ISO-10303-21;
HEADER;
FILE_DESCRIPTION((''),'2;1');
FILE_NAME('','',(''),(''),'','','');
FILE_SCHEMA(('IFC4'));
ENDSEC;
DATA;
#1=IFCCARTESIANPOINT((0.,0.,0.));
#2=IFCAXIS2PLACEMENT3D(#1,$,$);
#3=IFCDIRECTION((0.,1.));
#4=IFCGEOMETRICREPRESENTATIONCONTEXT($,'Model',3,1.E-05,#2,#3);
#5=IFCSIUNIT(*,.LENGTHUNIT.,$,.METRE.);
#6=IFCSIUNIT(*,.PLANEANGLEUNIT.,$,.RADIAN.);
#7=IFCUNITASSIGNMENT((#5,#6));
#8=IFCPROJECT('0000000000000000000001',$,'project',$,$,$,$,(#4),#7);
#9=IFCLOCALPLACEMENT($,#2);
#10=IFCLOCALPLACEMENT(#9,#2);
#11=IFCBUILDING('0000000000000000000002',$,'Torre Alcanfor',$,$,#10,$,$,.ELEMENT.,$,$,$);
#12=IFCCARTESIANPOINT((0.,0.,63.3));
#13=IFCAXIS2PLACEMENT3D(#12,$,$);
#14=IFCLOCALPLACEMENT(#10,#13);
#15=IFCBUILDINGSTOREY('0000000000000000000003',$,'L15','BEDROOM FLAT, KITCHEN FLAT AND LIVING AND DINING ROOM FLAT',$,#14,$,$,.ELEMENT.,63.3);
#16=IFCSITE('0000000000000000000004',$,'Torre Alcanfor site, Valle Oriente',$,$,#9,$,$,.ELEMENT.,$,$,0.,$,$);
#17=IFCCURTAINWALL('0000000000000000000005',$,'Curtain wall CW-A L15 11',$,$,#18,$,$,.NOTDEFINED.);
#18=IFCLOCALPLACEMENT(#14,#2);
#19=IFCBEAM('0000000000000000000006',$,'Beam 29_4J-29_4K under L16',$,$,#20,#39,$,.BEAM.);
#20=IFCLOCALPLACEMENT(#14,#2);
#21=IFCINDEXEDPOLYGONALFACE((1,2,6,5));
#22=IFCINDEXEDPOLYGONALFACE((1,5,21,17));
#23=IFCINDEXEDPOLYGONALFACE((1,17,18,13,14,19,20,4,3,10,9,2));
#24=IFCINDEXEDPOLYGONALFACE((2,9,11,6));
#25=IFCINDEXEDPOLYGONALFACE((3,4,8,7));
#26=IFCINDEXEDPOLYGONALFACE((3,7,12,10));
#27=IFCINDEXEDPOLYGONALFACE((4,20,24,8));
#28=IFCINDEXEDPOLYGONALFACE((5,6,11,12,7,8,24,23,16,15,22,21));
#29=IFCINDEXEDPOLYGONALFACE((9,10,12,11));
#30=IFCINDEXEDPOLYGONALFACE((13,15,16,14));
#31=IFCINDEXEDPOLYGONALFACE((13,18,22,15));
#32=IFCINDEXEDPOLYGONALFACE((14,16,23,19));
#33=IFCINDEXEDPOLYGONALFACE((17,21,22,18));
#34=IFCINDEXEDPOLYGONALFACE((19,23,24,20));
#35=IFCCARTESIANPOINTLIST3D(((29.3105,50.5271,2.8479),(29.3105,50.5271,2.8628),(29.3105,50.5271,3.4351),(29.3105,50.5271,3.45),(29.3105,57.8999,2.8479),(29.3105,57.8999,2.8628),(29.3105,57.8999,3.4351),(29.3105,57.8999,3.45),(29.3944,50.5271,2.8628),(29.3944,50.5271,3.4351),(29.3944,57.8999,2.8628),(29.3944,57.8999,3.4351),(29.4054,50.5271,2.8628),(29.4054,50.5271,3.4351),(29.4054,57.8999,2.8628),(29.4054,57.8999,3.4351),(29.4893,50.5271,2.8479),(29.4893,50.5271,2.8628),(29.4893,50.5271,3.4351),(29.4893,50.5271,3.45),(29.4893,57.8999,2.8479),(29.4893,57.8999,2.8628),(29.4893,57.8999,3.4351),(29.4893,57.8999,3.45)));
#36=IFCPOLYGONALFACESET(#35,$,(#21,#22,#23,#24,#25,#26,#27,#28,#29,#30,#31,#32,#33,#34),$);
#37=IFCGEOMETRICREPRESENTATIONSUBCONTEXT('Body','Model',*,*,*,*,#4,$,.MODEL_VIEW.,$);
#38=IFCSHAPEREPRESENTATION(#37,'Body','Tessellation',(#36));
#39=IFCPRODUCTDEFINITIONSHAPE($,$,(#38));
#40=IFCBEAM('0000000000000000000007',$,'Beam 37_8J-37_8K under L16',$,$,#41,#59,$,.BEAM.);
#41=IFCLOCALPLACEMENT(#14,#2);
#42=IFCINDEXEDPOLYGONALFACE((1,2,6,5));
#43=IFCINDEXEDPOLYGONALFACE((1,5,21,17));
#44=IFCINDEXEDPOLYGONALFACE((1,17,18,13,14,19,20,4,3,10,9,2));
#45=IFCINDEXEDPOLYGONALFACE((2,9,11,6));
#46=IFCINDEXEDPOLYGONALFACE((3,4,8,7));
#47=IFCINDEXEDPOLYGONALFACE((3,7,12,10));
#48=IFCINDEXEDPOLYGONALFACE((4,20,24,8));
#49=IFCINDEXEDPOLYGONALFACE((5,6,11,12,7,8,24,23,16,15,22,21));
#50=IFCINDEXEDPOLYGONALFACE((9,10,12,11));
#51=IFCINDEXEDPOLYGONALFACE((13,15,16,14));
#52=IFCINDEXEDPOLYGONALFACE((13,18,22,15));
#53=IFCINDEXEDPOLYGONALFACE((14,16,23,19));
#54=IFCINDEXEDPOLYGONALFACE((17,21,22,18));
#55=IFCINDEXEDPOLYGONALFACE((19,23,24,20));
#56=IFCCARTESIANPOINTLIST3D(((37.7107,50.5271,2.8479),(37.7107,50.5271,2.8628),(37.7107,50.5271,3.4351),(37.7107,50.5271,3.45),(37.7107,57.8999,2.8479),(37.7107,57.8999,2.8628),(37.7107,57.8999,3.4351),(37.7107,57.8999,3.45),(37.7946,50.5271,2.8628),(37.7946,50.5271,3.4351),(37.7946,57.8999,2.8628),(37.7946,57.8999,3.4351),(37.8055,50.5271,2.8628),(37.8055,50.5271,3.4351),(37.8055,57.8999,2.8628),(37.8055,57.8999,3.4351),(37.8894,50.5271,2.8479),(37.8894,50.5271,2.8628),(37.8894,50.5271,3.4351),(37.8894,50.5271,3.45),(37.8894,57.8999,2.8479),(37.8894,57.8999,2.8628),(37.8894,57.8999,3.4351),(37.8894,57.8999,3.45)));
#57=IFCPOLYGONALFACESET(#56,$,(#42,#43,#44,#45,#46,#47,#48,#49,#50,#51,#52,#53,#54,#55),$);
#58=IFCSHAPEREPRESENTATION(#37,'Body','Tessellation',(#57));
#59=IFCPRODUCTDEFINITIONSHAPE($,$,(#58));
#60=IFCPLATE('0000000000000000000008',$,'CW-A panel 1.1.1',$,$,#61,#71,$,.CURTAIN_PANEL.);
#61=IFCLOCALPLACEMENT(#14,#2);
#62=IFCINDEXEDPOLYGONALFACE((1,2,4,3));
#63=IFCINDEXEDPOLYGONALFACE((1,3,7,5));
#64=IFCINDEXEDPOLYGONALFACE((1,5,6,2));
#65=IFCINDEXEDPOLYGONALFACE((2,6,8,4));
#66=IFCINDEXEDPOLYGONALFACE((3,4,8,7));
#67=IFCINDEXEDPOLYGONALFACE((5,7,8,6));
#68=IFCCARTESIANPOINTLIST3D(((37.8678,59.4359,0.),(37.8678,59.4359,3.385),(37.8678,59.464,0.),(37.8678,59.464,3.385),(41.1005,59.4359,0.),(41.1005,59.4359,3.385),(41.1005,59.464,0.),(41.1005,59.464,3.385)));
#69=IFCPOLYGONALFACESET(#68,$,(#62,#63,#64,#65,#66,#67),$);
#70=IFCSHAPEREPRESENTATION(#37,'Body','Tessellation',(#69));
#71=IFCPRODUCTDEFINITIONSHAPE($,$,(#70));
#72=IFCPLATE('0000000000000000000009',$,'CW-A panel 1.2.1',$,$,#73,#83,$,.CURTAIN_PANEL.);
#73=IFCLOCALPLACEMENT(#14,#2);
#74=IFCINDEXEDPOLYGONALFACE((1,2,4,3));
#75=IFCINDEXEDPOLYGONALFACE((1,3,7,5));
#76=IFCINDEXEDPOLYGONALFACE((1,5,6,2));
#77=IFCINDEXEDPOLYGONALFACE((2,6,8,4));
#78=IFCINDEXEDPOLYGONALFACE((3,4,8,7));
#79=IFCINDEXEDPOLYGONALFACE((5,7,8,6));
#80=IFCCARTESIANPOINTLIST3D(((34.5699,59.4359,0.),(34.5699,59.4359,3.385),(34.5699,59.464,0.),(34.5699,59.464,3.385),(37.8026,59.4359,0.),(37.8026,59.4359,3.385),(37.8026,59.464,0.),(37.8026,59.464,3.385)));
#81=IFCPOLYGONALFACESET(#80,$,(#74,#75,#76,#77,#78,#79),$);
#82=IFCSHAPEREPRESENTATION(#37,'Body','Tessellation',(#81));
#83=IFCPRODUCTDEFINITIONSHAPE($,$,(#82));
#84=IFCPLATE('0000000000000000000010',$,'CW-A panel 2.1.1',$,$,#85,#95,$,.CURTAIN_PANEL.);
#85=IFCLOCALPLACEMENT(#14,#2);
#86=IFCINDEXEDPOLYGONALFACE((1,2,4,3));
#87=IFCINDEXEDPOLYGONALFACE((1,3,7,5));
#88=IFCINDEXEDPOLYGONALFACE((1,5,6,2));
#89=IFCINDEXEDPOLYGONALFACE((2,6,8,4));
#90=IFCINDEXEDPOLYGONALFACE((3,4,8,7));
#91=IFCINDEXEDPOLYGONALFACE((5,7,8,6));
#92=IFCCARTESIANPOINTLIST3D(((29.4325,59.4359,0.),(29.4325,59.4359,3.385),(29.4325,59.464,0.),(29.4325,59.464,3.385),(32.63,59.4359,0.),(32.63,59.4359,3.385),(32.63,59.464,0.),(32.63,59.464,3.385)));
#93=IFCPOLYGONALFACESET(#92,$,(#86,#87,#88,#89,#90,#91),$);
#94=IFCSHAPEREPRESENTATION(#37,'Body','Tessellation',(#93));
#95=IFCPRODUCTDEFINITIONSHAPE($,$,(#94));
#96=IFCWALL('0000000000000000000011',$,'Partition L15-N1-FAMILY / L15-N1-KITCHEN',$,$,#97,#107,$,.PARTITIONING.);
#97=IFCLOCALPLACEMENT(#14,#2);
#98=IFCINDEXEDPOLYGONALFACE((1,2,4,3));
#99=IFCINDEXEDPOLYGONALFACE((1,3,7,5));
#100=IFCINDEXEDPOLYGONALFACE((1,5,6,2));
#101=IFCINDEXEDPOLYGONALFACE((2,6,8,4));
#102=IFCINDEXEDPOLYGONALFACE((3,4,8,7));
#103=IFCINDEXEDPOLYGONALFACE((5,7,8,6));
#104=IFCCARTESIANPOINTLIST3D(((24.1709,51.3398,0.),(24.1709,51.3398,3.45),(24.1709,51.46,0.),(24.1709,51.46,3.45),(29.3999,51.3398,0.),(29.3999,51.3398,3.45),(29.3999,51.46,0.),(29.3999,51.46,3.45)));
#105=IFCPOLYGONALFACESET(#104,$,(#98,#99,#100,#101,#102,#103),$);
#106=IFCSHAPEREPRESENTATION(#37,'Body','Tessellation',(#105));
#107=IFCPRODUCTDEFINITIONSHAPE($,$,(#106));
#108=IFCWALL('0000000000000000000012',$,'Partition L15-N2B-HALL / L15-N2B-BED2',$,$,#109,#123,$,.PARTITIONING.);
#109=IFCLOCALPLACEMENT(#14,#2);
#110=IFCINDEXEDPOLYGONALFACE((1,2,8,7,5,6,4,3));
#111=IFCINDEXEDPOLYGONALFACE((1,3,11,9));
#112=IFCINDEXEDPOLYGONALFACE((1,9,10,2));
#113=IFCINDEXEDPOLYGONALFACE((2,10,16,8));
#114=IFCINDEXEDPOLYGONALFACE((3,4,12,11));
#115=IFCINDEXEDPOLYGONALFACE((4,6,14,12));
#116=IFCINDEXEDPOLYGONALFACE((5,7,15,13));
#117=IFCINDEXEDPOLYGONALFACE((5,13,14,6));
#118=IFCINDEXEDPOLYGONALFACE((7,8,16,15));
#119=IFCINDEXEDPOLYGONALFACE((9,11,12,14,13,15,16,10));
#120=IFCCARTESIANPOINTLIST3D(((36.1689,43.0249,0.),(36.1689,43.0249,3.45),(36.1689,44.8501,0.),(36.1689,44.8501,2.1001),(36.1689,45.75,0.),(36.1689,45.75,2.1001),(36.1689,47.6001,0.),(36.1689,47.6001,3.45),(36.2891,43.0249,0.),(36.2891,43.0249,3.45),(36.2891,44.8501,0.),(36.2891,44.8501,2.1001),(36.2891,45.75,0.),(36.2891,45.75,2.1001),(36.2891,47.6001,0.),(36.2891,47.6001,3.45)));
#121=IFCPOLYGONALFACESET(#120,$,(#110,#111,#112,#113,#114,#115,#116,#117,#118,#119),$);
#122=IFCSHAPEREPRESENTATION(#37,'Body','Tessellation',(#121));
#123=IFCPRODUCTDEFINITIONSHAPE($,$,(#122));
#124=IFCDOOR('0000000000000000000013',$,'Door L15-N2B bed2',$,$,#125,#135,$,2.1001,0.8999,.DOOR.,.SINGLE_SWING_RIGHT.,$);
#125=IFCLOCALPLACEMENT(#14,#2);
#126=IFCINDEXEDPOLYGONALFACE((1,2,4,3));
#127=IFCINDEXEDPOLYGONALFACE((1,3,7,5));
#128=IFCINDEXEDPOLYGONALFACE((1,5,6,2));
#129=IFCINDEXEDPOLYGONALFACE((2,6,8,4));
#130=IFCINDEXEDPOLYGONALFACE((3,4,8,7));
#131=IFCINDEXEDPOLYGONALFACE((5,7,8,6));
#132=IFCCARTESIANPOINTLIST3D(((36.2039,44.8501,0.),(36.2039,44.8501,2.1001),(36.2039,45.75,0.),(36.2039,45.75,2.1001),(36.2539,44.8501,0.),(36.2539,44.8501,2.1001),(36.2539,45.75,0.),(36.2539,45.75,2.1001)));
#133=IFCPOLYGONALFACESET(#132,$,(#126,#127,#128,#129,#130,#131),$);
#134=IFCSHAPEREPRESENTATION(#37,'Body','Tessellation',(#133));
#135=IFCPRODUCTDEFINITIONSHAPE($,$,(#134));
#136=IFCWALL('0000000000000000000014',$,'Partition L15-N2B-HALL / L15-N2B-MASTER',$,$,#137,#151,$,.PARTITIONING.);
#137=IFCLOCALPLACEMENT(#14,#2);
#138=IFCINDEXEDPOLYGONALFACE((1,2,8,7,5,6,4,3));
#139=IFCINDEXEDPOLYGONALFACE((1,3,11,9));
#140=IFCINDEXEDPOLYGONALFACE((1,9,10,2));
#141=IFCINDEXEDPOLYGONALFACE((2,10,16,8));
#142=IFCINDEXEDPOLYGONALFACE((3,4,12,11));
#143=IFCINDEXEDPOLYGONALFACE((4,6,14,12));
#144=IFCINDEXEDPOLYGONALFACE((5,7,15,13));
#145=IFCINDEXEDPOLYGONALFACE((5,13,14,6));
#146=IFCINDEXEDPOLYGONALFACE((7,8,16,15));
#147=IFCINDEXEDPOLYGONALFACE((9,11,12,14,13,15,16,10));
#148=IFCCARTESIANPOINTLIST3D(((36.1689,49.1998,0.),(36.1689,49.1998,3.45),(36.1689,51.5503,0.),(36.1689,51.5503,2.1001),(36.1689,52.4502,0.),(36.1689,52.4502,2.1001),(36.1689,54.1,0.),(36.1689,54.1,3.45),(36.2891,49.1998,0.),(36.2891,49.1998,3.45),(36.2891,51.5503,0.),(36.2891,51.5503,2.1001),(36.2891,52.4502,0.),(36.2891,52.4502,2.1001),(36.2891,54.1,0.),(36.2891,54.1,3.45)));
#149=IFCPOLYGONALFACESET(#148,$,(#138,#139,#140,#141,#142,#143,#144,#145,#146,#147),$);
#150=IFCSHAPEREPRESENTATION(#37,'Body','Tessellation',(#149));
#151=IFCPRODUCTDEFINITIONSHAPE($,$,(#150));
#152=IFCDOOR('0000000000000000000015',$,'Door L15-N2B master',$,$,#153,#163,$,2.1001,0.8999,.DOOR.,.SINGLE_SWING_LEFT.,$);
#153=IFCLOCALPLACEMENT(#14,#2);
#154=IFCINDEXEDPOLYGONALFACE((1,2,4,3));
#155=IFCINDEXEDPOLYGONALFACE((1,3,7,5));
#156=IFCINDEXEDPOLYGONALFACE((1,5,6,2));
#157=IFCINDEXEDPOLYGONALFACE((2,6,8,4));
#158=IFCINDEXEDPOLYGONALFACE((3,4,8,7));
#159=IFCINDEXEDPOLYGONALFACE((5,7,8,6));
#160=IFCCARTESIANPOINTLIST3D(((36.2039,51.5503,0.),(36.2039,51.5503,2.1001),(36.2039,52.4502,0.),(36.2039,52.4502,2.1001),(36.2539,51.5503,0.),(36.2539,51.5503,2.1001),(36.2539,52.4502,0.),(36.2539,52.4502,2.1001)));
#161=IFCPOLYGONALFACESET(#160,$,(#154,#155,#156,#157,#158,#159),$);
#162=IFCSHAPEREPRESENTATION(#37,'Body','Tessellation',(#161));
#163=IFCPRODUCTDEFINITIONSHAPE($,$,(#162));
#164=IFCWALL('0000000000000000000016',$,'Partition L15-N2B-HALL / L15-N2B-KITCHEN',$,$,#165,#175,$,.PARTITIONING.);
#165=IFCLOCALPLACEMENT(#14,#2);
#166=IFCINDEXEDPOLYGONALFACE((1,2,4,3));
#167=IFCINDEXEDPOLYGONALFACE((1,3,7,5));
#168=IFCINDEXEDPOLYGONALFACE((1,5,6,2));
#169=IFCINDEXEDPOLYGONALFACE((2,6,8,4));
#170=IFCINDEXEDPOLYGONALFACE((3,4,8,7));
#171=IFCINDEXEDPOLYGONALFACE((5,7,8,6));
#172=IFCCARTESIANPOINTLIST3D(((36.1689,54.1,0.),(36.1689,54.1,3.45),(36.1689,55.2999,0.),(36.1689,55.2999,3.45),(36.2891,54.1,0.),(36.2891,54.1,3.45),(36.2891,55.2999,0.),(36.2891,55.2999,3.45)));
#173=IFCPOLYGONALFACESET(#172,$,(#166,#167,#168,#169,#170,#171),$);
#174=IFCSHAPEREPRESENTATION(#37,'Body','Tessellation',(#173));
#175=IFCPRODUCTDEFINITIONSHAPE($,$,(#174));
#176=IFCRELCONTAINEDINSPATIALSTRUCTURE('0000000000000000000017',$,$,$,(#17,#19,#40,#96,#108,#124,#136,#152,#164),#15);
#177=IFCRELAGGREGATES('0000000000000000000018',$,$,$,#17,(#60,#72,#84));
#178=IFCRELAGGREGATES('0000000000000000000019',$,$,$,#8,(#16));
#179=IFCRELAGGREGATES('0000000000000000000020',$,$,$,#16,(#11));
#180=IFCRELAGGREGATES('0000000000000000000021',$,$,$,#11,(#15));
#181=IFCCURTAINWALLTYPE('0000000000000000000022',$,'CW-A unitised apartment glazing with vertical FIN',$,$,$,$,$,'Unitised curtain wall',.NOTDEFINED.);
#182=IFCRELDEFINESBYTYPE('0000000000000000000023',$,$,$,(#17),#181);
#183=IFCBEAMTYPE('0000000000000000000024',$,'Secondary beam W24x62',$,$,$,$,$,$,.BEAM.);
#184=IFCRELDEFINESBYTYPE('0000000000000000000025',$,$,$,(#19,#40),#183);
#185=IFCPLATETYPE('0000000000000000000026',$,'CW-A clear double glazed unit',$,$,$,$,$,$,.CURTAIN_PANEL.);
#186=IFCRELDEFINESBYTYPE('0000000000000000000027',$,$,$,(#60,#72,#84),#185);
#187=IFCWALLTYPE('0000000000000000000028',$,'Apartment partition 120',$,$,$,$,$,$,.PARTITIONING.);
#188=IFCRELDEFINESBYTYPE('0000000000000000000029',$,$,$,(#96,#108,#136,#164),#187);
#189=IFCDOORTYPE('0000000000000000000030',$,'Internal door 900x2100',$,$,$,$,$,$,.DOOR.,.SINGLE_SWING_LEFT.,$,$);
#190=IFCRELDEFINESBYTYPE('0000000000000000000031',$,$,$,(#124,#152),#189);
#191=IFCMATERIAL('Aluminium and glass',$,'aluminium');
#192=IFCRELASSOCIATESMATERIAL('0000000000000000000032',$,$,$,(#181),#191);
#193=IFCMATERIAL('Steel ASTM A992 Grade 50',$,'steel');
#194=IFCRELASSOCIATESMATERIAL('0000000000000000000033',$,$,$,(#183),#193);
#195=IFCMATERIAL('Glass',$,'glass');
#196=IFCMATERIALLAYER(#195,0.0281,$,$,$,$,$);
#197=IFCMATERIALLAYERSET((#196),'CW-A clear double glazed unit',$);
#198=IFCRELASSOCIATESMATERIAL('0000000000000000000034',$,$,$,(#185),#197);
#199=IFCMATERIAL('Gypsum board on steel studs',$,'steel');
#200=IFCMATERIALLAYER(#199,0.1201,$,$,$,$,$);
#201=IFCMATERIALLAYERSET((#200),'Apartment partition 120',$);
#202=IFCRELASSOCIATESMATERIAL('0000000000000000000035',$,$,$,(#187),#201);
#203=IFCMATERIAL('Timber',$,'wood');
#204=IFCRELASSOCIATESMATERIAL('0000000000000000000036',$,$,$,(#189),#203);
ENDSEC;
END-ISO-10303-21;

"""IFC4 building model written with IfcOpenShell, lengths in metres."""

from ifc_helpers import new_model, si_unit, direction, frame, frame_2d, origin, origin_2d, place, context, subcontext, project, spatial, rectangle, i_section, extrude, material, layer, layer_set, material_profile, profile_set, type_object, element, fill, aggregate, save


model = new_model("IFC4")

# Units and contexts
model_context = context("Model", 3, precision=1e-05, world=origin(), true_north=direction((0.0, 1.0)))
body_context = subcontext(model_context, "Body", "Model", "MODEL_VIEW")
ifc_project = project(units=[si_unit("LENGTHUNIT", "METRE"), si_unit("PLANEANGLEUNIT", "RADIAN")], contexts=[model_context])

# Site, building, storey
site_placement = place(None, origin())
site = spatial("IfcSite", under=ifc_project, at=site_placement, Name="Torre Alcanfor site, Valle Oriente", CompositionType="ELEMENT", RefElevation=0.0)
building_placement = place(site_placement, origin())
building = spatial("IfcBuilding", under=site, at=building_placement, Name="Torre Alcanfor", CompositionType="ELEMENT")
storey_placement = place(building_placement, frame((0.0, 0.0, 63.3)))
storey = spatial("IfcBuildingStorey", under=building, at=storey_placement, Name="L15", Description="BEDROOM FLAT, KITCHEN FLAT AND LIVING AND DINING ROOM FLAT", CompositionType="ELEMENT", Elevation=63.3)

# Curtain wall
ifc_material_1 = material(Name="Aluminium and glass", Category="aluminium")
curtain_wall_type = type_object("IfcCurtainWallType", Name="CW-A unitised apartment glazing with vertical FIN", ElementType="Unitised curtain wall", PredefinedType="NOTDEFINED", material=ifc_material_1)
curtain_wall_placement = place(storey_placement, origin())
curtain_wall = element("IfcCurtainWall", 1, at=curtain_wall_placement, inside=storey, type_object=curtain_wall_type, Name="Curtain wall CW-A L15 11", PredefinedType="NOTDEFINED")

# Beams
ifc_material_2 = material(Name="Steel ASTM A992 Grade 50", Category="steel")
ifc_material_profile_1 = material_profile(ifc_material_2, i_section(OverallWidth=0.1787, OverallDepth=0.6021, WebThickness=0.011, FlangeThickness=0.0149, at=origin_2d()), Name="W24x62")
ifc_profile_set_1 = profile_set([ifc_material_profile_1], Name="Steel ASTM A992 Grade 50")
beam_type_1 = type_object("IfcBeamType", Name="Secondary beam W24x62", PredefinedType="BEAM", material=ifc_profile_set_1)
for number, where, z_axis, x_axis, name in (
    (2, (29.3999, 50.5271, 3.1489), (0.0, 1.0, 0.0), (-1.0, 0.0, 0.0), "Beam 29_4J-29_4K under L16"),
    (3, (37.8, 50.5271, 3.1489), (0.0, 1.0, 0.0), (-1.0, 0.0, 0.0), "Beam 37_8J-37_8K under L16"),
):
    element("IfcBeam", number, at=place(storey_placement, frame(where, z_axis=z_axis, x_axis=x_axis)), inside=storey, type_object=beam_type_1, Name=name, PredefinedType="BEAM", context=body_context, shape_type="SweptSolid", body=[
        extrude(i_section(OverallWidth=0.1787, OverallDepth=0.6021, WebThickness=0.011, FlangeThickness=0.0149, at=origin_2d()), origin(), (0.0, 0.0, 1.0), 7.3728),
    ])

# Plates
ifc_material_3 = material(Name="Glass", Category="glass")
ifc_layer_1 = layer(ifc_material_3, 0.0281)
ifc_layer_set_1 = layer_set([ifc_layer_1], Name="CW-A clear double glazed unit")
plate_type = type_object("IfcPlateType", Name="CW-A clear double glazed unit", PredefinedType="CURTAIN_PANEL", material=ifc_layer_set_1)
plate_1_placement = place(storey_placement, frame((39.4841, 59.45, 0.0), z_axis=(0.0, 0.0, 1.0), x_axis=(-1.0, 0.0, 0.0)))
plate_1 = element("IfcPlate", 4, at=plate_1_placement, type_object=plate_type, Name="CW-A panel 1.1.1", PredefinedType="CURTAIN_PANEL", context=body_context, shape_type="SweptSolid", body=[
    extrude(rectangle(XDim=3.2327, YDim=0.0281, at=origin_2d()), origin(), (0.0, 0.0, 1.0), 3.385),
])
plate_2_placement = place(storey_placement, frame((36.1863, 59.45, 0.0), z_axis=(0.0, 0.0, 1.0), x_axis=(-1.0, 0.0, 0.0)))
plate_2 = element("IfcPlate", 5, at=plate_2_placement, type_object=plate_type, Name="CW-A panel 1.2.1", PredefinedType="CURTAIN_PANEL", context=body_context, shape_type="SweptSolid", body=[
    extrude(rectangle(XDim=3.2327, YDim=0.0281, at=origin_2d()), origin(), (0.0, 0.0, 1.0), 3.385),
])
plate_3_placement = place(storey_placement, frame((31.0312, 59.45, 0.0), z_axis=(0.0, 0.0, 1.0), x_axis=(-1.0, 0.0, 0.0)))
plate_3 = element("IfcPlate", 6, at=plate_3_placement, type_object=plate_type, Name="CW-A panel 2.1.1", PredefinedType="CURTAIN_PANEL", context=body_context, shape_type="SweptSolid", body=[
    extrude(rectangle(XDim=3.1975, YDim=0.0281, at=origin_2d()), origin(), (0.0, 0.0, 1.0), 3.385),
])
aggregate(curtain_wall, [plate_1, plate_2, plate_3])

# Wall
ifc_material_4 = material(Name="Gypsum board on steel studs", Category="steel")
ifc_layer_2 = layer(ifc_material_4, 0.1201)
ifc_layer_set_2 = layer_set([ifc_layer_2], Name="Apartment partition 120")
wall_type_1 = type_object("IfcWallType", Name="Apartment partition 120", PredefinedType="PARTITIONING", material=ifc_layer_set_2)
wall_1_placement = place(storey_placement, frame((29.3999, 51.3999, 0.0), z_axis=(0.0, 0.0, 1.0), x_axis=(-1.0, 0.0, 0.0)))
element("IfcWall", 7, at=wall_1_placement, inside=storey, type_object=wall_type_1, Name="Partition L15-N1-FAMILY / L15-N1-KITCHEN", PredefinedType="PARTITIONING", context=body_context, shape_type="SweptSolid", body=[
    extrude(rectangle(XDim=5.229, YDim=0.1201, at=frame_2d((2.6145, 0.0))), origin(), (0.0, 0.0, 1.0), 3.45),
])

# Walls, openings, doors
wall_2_placement = place(storey_placement, frame((36.229, 47.6001, 0.0), z_axis=(0.0, 0.0, 1.0), x_axis=(0.0, -1.0, 0.0)))
wall_2 = element("IfcWall", 8, at=wall_2_placement, inside=storey, type_object=wall_type_1, Name="Partition L15-N2B-HALL / L15-N2B-BED2", PredefinedType="PARTITIONING", context=body_context, shape_type="SweptSolid", body=[
    extrude(rectangle(XDim=4.5752, YDim=0.1201, at=frame_2d((2.2876, 0.0))), origin(), (0.0, 0.0, 1.0), 3.45),
])
opening_1_placement = place(wall_2_placement, frame((1.8501, 0.0, 0.0)))
opening_1 = element("IfcOpeningElement", 9, at=opening_1_placement, cuts=wall_2, PredefinedType="OPENING", context=body_context, shape_type="SweptSolid", body=[
    extrude(rectangle(XDim=0.8999, YDim=2.1001, at=frame_2d((0.45, 1.05))), frame((0.0, 0.0701, 0.0), z_axis=(0.0, -1.0, 0.0), x_axis=(1.0, 0.0, 0.0)), (0.0, 0.0, 1.0), 0.1401),
])
ifc_material_5 = material(Name="Timber", Category="wood")
door_type_1 = type_object("IfcDoorType", Name="Internal door 900x2100", OperationType="SINGLE_SWING_LEFT", PredefinedType="DOOR", material=ifc_material_5)
door_1_placement = place(opening_1_placement, origin())
door_1 = element("IfcDoor", 10, at=door_1_placement, inside=storey, type_object=door_type_1, Name="Door L15-N2B bed2", OperationType="SINGLE_SWING_RIGHT", OverallHeight=2.1001, OverallWidth=0.8999, PredefinedType="DOOR", context=body_context, shape_type="SweptSolid", body=[
    extrude(rectangle(XDim=0.8999, YDim=2.1001, at=frame_2d((0.45, 1.05))), frame((0.0, 0.0249, 0.0), z_axis=(0.0, -1.0, 0.0), x_axis=(1.0, 0.0, 0.0)), (0.0, 0.0, 1.0), 0.05),
])
fill(opening_1, door_1)
wall_3_placement = place(storey_placement, frame((36.229, 54.1001, 0.0), z_axis=(0.0, 0.0, 1.0), x_axis=(0.0, -1.0, 0.0)))
wall_3 = element("IfcWall", 11, at=wall_3_placement, inside=storey, type_object=wall_type_1, Name="Partition L15-N2B-HALL / L15-N2B-MASTER", PredefinedType="PARTITIONING", context=body_context, shape_type="SweptSolid", body=[
    extrude(rectangle(XDim=4.9001, YDim=0.1201, at=frame_2d((2.4502, 0.0))), origin(), (0.0, 0.0, 1.0), 3.45),
])
opening_2_placement = place(wall_3_placement, frame((1.6499, 0.0, 0.0)))
opening_2 = element("IfcOpeningElement", 12, at=opening_2_placement, cuts=wall_3, PredefinedType="OPENING", context=body_context, shape_type="SweptSolid", body=[
    extrude(rectangle(XDim=0.8999, YDim=2.1001, at=frame_2d((0.45, 1.05))), frame((0.0, 0.0701, 0.0), z_axis=(0.0, -1.0, 0.0), x_axis=(1.0, 0.0, 0.0)), (0.0, 0.0, 1.0), 0.1401),
])
door_2_placement = place(opening_2_placement, origin())
door_2 = element("IfcDoor", 13, at=door_2_placement, inside=storey, type_object=door_type_1, Name="Door L15-N2B master", OperationType="SINGLE_SWING_LEFT", OverallHeight=2.1001, OverallWidth=0.8999, PredefinedType="DOOR", context=body_context, shape_type="SweptSolid", body=[
    extrude(rectangle(XDim=0.8999, YDim=2.1001, at=frame_2d((0.45, 1.05))), frame((0.0, 0.0249, 0.0), z_axis=(0.0, -1.0, 0.0), x_axis=(1.0, 0.0, 0.0)), (0.0, 0.0, 1.0), 0.05),
])
fill(opening_2, door_2)

# Wall
wall_4_placement = place(storey_placement, frame((36.229, 55.3, 0.0), z_axis=(0.0, 0.0, 1.0), x_axis=(0.0, -1.0, 0.0)))
element("IfcWall", 14, at=wall_4_placement, inside=storey, type_object=wall_type_1, Name="Partition L15-N2B-HALL / L15-N2B-KITCHEN", PredefinedType="PARTITIONING", context=body_context, shape_type="SweptSolid", body=[
    extrude(rectangle(XDim=1.2, YDim=0.1201, at=frame_2d((0.6001, 0.0))), origin(), (0.0, 0.0, 1.0), 3.45),
])

save(model, "model.ifc")
